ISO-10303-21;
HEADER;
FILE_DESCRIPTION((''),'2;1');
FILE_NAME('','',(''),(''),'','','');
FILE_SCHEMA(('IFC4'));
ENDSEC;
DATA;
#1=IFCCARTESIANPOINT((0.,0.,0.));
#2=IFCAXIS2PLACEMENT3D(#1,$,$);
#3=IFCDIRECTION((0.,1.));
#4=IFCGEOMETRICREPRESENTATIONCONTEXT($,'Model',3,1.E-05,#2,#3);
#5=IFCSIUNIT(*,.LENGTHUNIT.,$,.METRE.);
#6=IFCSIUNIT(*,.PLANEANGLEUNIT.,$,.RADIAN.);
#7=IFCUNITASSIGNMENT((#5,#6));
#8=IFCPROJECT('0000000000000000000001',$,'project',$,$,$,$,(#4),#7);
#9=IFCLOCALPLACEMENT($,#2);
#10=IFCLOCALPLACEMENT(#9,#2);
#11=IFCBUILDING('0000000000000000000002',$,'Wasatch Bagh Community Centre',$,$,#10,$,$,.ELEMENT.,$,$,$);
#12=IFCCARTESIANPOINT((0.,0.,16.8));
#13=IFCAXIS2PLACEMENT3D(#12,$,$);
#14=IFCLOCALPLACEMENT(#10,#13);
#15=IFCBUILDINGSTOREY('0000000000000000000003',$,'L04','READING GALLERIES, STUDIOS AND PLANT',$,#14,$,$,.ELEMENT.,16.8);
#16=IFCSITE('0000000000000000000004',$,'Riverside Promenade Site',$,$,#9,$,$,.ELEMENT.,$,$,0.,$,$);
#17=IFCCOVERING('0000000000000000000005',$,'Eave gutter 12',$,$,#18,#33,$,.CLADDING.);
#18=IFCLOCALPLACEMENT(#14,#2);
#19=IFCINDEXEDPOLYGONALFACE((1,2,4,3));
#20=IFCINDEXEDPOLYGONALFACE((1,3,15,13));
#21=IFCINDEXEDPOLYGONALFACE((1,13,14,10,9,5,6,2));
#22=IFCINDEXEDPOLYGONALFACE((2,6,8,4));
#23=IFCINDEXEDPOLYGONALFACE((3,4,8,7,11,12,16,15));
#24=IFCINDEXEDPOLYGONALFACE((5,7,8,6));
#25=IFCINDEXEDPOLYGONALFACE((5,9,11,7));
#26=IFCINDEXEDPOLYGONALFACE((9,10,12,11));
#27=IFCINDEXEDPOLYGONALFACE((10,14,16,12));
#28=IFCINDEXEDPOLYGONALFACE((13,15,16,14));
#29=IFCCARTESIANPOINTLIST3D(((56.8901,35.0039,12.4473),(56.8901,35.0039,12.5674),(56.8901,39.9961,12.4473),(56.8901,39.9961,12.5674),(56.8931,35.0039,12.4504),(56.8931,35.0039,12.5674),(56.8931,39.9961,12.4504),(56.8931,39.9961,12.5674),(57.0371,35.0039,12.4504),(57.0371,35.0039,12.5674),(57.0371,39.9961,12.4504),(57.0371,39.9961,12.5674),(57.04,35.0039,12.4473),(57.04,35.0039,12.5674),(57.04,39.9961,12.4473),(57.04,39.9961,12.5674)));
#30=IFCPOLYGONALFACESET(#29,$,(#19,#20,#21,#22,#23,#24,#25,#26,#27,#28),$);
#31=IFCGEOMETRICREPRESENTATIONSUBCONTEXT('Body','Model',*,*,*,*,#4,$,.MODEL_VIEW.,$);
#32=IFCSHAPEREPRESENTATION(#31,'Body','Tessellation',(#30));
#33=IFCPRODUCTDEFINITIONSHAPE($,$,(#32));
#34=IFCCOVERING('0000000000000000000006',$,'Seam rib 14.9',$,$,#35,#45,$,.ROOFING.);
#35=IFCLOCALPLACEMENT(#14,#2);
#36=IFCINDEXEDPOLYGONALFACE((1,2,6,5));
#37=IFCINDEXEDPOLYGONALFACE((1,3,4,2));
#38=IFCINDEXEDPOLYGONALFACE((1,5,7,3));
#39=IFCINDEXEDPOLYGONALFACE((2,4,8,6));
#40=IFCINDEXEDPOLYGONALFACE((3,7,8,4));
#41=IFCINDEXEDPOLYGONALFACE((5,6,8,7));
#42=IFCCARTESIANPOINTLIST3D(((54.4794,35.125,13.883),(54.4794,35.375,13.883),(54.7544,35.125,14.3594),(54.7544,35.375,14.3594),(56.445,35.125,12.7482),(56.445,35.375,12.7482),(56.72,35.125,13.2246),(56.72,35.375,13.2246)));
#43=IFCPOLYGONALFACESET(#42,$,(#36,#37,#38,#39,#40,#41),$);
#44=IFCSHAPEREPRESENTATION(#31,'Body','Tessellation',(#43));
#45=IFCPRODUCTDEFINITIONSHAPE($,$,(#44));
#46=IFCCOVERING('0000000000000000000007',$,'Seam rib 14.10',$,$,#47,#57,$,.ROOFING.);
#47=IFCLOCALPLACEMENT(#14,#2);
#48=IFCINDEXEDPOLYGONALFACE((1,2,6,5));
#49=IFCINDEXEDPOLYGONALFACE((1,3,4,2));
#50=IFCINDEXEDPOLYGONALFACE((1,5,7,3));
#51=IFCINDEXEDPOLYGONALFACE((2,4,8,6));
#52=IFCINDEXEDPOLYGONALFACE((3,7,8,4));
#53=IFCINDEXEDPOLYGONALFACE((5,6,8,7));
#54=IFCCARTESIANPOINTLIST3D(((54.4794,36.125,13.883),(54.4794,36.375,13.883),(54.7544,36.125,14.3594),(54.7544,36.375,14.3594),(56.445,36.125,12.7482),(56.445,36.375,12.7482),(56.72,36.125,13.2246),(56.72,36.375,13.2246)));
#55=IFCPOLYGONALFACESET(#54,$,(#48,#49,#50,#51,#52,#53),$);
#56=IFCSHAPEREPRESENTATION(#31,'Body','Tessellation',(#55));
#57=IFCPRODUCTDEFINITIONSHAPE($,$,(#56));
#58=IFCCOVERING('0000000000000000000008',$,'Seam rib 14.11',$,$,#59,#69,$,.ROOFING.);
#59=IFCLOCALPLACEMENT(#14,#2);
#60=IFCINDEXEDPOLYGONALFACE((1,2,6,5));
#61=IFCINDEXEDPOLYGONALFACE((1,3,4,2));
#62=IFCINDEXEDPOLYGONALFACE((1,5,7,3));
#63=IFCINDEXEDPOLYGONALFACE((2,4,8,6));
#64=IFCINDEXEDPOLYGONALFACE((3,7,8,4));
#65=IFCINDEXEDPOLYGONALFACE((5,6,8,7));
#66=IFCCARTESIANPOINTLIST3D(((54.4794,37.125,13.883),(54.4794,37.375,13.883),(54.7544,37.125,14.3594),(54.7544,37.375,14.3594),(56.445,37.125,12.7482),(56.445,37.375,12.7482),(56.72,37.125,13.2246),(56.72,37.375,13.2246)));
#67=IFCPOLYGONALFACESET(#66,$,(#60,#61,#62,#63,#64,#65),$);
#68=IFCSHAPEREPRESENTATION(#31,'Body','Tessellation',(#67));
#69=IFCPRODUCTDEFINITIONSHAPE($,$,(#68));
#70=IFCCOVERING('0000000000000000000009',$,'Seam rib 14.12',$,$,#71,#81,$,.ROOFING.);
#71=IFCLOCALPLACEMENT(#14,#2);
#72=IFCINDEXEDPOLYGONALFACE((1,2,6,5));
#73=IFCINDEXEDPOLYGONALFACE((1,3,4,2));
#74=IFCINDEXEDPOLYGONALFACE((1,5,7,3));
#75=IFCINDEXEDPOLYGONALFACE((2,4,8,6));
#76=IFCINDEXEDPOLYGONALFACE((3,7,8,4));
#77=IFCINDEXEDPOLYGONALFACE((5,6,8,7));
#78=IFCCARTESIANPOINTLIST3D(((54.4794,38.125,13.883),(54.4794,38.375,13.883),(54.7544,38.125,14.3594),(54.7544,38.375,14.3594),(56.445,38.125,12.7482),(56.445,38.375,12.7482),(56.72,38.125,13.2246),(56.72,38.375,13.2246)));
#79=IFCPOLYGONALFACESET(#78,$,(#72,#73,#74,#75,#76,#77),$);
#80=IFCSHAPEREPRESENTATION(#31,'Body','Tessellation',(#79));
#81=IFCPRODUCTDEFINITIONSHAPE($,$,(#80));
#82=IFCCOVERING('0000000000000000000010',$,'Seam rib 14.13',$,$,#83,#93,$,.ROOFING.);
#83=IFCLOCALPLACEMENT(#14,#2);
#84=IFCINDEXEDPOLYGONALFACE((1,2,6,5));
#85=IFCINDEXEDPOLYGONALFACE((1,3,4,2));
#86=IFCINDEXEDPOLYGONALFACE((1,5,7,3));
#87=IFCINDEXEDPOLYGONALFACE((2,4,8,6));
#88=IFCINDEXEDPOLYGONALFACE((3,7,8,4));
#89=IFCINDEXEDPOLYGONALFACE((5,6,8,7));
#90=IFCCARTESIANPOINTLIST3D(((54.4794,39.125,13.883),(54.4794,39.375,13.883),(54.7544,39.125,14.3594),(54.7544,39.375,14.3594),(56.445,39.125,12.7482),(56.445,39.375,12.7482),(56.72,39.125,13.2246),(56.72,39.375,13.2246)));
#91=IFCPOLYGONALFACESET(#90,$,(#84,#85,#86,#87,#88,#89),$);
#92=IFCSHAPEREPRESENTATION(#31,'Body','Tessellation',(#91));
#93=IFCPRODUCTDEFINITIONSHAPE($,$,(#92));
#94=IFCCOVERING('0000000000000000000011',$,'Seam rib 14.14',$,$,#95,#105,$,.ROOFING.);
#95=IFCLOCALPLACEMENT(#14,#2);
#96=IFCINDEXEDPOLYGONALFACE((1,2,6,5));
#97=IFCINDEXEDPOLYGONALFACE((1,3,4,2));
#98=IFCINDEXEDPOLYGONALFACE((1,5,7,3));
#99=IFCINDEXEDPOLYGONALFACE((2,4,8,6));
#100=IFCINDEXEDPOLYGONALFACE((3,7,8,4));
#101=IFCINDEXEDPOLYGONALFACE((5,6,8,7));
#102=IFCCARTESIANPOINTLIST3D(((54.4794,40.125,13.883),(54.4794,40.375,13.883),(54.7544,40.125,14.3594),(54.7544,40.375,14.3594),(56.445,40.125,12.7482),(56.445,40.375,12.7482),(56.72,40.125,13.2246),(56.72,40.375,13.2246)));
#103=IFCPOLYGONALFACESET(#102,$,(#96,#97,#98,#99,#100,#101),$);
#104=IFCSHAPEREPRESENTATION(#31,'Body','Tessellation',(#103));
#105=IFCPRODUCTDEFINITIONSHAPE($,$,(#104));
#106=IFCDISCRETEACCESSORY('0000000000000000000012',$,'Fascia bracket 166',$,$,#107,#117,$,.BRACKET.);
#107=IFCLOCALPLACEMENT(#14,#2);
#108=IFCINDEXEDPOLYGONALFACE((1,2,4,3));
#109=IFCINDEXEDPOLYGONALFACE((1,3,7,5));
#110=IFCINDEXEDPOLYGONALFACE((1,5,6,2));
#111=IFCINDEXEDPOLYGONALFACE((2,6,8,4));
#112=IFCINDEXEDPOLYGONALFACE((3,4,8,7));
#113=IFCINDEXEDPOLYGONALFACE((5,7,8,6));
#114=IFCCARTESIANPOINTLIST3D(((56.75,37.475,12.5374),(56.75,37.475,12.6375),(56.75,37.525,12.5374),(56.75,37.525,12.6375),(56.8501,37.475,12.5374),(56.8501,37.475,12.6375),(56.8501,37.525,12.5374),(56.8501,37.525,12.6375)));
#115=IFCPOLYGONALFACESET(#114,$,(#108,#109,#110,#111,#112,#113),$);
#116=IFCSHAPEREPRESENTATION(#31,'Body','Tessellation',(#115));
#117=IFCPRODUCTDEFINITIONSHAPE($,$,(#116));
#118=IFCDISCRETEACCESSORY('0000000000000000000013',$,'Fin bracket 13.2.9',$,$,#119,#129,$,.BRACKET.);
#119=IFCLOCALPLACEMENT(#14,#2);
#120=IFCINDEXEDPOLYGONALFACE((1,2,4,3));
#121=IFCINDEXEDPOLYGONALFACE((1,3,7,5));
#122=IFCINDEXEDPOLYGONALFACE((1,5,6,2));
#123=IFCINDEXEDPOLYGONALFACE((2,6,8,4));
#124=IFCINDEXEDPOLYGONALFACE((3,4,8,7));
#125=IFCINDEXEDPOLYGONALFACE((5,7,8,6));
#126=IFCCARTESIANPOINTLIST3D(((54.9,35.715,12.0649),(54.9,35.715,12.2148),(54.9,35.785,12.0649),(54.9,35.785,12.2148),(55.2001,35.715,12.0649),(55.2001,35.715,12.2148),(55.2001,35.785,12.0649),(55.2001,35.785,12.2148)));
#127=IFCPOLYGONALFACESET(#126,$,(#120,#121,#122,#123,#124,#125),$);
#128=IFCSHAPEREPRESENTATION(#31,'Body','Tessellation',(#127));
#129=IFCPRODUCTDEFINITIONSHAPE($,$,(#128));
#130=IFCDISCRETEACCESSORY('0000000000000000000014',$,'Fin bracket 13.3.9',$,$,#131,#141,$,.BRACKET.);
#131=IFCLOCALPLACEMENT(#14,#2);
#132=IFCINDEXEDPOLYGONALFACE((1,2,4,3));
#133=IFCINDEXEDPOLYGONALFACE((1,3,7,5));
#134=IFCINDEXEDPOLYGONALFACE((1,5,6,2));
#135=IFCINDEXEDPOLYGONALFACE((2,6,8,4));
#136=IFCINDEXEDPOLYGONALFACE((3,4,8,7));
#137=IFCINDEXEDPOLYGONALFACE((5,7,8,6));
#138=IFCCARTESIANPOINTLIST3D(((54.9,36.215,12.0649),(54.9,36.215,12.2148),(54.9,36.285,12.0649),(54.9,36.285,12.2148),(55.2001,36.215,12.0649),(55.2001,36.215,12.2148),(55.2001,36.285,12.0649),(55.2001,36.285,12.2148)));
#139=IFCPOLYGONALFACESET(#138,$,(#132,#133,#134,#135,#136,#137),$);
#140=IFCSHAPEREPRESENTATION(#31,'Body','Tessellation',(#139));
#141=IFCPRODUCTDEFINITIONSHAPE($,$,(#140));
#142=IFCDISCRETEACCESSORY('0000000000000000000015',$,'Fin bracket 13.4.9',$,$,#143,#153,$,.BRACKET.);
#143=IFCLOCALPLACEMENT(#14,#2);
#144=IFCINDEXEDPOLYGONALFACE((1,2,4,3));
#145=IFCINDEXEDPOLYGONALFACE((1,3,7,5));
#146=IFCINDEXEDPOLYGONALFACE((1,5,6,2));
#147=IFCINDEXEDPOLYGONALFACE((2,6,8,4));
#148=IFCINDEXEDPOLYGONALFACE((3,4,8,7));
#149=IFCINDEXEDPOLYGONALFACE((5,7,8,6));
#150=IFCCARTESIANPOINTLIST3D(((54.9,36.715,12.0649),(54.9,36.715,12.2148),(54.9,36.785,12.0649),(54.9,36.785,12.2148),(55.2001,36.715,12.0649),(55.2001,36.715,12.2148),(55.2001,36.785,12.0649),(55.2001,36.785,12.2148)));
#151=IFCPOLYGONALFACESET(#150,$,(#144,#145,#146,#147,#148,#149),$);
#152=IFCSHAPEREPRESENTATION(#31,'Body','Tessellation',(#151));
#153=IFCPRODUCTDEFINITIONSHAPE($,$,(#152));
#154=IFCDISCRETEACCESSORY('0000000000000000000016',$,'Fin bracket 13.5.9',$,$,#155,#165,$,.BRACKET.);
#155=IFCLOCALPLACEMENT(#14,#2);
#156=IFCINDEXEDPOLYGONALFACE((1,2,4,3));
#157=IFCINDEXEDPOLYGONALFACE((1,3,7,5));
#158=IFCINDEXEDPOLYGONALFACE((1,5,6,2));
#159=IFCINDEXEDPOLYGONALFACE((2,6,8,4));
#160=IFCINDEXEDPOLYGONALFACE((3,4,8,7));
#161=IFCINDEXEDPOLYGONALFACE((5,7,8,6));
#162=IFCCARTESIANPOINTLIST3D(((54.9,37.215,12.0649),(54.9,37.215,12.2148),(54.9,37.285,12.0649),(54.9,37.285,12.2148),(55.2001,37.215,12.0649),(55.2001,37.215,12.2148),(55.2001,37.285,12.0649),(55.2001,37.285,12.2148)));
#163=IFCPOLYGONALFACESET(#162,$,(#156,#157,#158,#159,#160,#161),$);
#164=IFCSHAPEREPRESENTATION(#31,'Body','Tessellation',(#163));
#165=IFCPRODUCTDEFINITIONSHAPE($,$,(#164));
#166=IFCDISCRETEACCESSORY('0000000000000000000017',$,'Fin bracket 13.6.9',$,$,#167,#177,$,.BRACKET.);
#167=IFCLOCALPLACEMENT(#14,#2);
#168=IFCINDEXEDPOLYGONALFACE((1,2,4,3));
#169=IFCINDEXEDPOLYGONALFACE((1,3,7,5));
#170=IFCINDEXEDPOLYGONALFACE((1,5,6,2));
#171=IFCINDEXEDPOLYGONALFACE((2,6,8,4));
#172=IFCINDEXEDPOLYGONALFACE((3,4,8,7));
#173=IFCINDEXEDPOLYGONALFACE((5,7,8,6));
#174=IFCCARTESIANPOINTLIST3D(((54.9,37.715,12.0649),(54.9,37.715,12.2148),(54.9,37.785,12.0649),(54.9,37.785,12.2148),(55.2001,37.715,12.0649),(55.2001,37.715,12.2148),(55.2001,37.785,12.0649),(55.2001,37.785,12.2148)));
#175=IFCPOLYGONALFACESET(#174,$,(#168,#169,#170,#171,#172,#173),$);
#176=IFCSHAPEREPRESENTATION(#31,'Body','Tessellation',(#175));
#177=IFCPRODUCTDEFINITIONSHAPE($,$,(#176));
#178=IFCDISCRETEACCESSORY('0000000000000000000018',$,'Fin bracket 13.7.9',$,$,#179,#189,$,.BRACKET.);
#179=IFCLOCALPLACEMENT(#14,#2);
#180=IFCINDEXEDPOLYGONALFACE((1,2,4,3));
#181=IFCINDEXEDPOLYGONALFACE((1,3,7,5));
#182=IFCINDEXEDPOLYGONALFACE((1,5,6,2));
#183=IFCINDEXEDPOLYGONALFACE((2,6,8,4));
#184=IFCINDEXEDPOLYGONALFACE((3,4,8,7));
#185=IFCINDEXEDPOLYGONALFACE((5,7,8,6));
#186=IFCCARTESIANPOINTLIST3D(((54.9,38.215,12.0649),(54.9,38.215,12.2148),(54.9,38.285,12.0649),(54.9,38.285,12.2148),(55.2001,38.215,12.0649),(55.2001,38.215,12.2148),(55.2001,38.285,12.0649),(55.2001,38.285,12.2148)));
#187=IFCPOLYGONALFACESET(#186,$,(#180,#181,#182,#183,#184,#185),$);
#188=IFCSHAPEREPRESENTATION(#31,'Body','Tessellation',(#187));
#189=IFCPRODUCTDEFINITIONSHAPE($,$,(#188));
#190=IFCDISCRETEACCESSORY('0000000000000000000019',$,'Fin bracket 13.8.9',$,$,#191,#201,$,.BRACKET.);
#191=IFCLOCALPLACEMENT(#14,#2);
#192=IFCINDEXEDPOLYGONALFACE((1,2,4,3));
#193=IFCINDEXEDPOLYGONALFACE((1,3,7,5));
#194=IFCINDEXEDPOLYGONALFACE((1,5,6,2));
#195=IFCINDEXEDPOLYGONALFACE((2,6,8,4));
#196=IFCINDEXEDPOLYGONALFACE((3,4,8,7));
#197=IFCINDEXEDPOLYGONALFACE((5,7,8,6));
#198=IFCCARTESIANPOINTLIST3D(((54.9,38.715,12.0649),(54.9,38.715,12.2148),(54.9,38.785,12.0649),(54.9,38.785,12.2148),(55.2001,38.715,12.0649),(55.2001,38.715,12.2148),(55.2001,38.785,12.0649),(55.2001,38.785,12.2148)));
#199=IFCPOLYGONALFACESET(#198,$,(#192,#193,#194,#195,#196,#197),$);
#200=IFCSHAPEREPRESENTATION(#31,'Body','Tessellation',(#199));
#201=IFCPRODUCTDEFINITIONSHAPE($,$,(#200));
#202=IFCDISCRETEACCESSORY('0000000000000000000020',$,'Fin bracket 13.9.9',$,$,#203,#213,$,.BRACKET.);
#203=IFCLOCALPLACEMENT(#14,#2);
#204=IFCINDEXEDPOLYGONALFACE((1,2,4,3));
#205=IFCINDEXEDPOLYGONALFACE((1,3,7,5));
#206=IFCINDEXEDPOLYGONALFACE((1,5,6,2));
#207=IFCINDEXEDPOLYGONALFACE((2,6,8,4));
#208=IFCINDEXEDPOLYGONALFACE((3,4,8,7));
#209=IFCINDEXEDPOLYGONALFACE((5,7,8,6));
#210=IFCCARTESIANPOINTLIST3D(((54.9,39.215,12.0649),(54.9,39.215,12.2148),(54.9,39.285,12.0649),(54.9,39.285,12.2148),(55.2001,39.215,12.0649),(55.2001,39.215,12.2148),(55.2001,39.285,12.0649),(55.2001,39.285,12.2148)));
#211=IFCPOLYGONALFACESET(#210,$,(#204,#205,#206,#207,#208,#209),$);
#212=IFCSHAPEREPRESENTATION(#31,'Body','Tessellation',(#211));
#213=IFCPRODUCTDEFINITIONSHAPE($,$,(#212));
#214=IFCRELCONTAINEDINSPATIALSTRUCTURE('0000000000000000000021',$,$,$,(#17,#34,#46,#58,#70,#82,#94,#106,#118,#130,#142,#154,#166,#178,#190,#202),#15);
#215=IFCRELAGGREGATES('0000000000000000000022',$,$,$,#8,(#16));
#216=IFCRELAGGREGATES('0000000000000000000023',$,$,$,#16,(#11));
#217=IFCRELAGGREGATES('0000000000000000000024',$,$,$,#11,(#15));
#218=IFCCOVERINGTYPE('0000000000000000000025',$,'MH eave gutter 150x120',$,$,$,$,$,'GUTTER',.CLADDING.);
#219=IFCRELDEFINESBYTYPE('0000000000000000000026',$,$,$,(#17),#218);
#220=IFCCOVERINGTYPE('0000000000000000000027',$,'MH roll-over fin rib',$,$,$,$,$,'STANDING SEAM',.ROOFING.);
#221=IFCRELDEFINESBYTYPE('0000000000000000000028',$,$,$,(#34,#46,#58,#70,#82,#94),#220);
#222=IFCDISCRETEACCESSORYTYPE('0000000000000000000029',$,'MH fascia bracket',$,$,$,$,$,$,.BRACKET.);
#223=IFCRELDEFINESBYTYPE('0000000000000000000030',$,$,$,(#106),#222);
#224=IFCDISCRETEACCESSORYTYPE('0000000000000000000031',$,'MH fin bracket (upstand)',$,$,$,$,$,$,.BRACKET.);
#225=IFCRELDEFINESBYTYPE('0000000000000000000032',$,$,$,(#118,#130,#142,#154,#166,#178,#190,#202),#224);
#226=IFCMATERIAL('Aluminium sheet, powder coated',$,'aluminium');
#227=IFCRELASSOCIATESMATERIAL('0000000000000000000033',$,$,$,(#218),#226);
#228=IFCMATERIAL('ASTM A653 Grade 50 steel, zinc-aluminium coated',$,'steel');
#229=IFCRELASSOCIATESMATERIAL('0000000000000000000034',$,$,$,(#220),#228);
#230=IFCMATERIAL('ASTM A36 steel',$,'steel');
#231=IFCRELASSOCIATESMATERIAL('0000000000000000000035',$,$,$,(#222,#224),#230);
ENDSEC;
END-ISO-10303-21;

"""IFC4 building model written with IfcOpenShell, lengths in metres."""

from ifc_helpers import new_model, si_unit, direction, frame, origin, origin_2d, place, context, subcontext, project, spatial, polyline, rectangle, outline, extrude, material, material_profile, profile_set, type_object, element, save


model = new_model("IFC4")

# Units and contexts
model_context = context("Model", 3, precision=1e-05, world=origin(), true_north=direction((0.0, 1.0)))
body_context = subcontext(model_context, "Body", "Model", "MODEL_VIEW")
ifc_project = project(units=[si_unit("LENGTHUNIT", "METRE"), si_unit("PLANEANGLEUNIT", "RADIAN")], contexts=[model_context])

# Site, building, storey
site_placement = place(None, origin())
site = spatial("IfcSite", under=ifc_project, at=site_placement, Name="Riverside Promenade Site", CompositionType="ELEMENT", RefElevation=0.0)
building_placement = place(site_placement, origin())
building = spatial("IfcBuilding", under=site, at=building_placement, Name="Wasatch Bagh Community Centre", CompositionType="ELEMENT")
storey_placement = place(building_placement, frame((0.0, 0.0, 16.8)))
storey = spatial("IfcBuildingStorey", under=building, at=storey_placement, Name="L04", Description="READING GALLERIES, STUDIOS AND PLANT", CompositionType="ELEMENT", Elevation=16.8)

# Coverings
ifc_material_1 = material(Name="ASTM A653 Grade 50 steel, zinc-aluminium coated", Category="steel")
ifc_material_2 = material(Name="Aluminium sheet, powder coated", Category="aluminium")
ifc_material_profile_1 = material_profile(ifc_material_2, outline(polyline([(-0.075, 0.0), (-0.075, -0.1201), (0.075, -0.1201), (0.075, 0.0), (0.072, 0.0), (0.072, -0.1169), (-0.072, -0.1169), (-0.072, 0.0), (-0.075, 0.0)])), Name="GUTTER 150x120")
ifc_profile_set_1 = profile_set([ifc_material_profile_1], Name="Aluminium sheet, powder coated")
covering_type_1 = type_object("IfcCoveringType", Name="MH eave gutter 150x120", ElementType="GUTTER", PredefinedType="CLADDING", material=ifc_profile_set_1)
covering_1_placement = place(storey_placement, frame((56.9651, 39.9961, 12.5674), z_axis=(0.0, -1.0, 0.0), x_axis=(1.0, 0.0, 0.0)))
element("IfcCovering", 1, at=covering_1_placement, inside=storey, type_object=covering_type_1, Name="Eave gutter 12", PredefinedType="CLADDING", context=body_context, shape_type="SweptSolid", body=[
    extrude(outline(polyline([(-0.075, 0.0), (-0.075, -0.1201), (0.075, -0.1201), (0.075, 0.0), (0.072, 0.0), (0.072, -0.1169), (-0.072, -0.1169), (-0.072, 0.0), (-0.075, 0.0)])), origin(), (0.0, 0.0, 1.0), 4.9922),
])
covering_type_2 = type_object("IfcCoveringType", Name="MH roll-over fin rib", ElementType="STANDING SEAM", PredefinedType="ROOFING", material=ifc_material_1)
for number, where, z_axis, x_axis, name in (
    (2, (54.7544, 35.125, 14.3594), (0.49998, 0.0, 0.866037), (0.866037, 0.0, -0.49998), "Seam rib 14.9"),
    (3, (54.7544, 36.125, 14.3594), (0.49998, 0.0, 0.866037), (0.866037, 0.0, -0.49998), "Seam rib 14.10"),
    (4, (54.7544, 37.125, 14.3594), (0.49998, 0.0, 0.866037), (0.866037, 0.0, -0.49998), "Seam rib 14.11"),
    (5, (54.7544, 38.125, 14.3594), (0.49998, 0.0, 0.866037), (0.866037, 0.0, -0.49998), "Seam rib 14.12"),
    (6, (54.7544, 39.125, 14.3594), (0.49998, 0.0, 0.866037), (0.866037, 0.0, -0.49998), "Seam rib 14.13"),
    (7, (54.7544, 40.125, 14.3594), (0.49998, 0.0, 0.866037), (0.866037, 0.0, -0.49998), "Seam rib 14.14"),
):
    element("IfcCovering", number, at=place(storey_placement, frame(where, z_axis=z_axis, x_axis=x_axis)), inside=storey, type_object=covering_type_2, Name=name, PredefinedType="ROOFING", context=body_context, shape_type="SweptSolid", body=[
        extrude(outline(polyline([(0.0, 0.0), (2.2696, 0.0), (2.2696, 0.25), (0.0, 0.25), (0.0, 0.0)])), origin(), (0.0, 0.0, -1.0), 0.55),
    ])

# Discrete accessories
ifc_material_3 = material(Name="ASTM A36 steel", Category="steel")
discrete_accessory_type_1 = type_object("IfcDiscreteAccessoryType", Name="MH fascia bracket", PredefinedType="BRACKET", material=ifc_material_3)
discrete_accessory_placement = place(storey_placement, frame((56.8, 37.5, 12.5374), z_axis=(0.0, 0.0, 1.0), x_axis=(1.0, 0.0, 0.0)))
element("IfcDiscreteAccessory", 8, at=discrete_accessory_placement, inside=storey, type_object=discrete_accessory_type_1, Name="Fascia bracket 166", PredefinedType="BRACKET", context=body_context, shape_type="SweptSolid", body=[
    extrude(rectangle(XDim=0.1001, YDim=0.05, at=origin_2d()), origin(), (0.0, 0.0, 1.0), 0.1001),
])
discrete_accessory_type_2 = type_object("IfcDiscreteAccessoryType", Name="MH fin bracket (upstand)", PredefinedType="BRACKET", material=ifc_material_3)
for number, where, z_axis, x_axis, name in (
    (9, (55.05, 35.75, 12.0649), (0.0, 0.0, 1.0), (0.0, 1.0, 0.0), "Fin bracket 13.2.9"),
    (10, (55.05, 36.25, 12.0649), (0.0, 0.0, 1.0), (0.0, 1.0, 0.0), "Fin bracket 13.3.9"),
    (11, (55.05, 36.75, 12.0649), (0.0, 0.0, 1.0), (0.0, 1.0, 0.0), "Fin bracket 13.4.9"),
    (12, (55.05, 37.25, 12.0649), (0.0, 0.0, 1.0), (0.0, 1.0, 0.0), "Fin bracket 13.5.9"),
    (13, (55.05, 37.75, 12.0649), (0.0, 0.0, 1.0), (0.0, 1.0, 0.0), "Fin bracket 13.6.9"),
    (14, (55.05, 38.25, 12.0649), (0.0, 0.0, 1.0), (0.0, 1.0, 0.0), "Fin bracket 13.7.9"),
    (15, (55.05, 38.75, 12.0649), (0.0, 0.0, 1.0), (0.0, 1.0, 0.0), "Fin bracket 13.8.9"),
    (16, (55.05, 39.25, 12.0649), (0.0, 0.0, 1.0), (0.0, 1.0, 0.0), "Fin bracket 13.9.9"),
):
    element("IfcDiscreteAccessory", number, at=place(storey_placement, frame(where, z_axis=z_axis, x_axis=x_axis)), inside=storey, type_object=discrete_accessory_type_2, Name=name, PredefinedType="BRACKET", context=body_context, shape_type="SweptSolid", body=[
        extrude(rectangle(XDim=0.0701, YDim=0.3, at=origin_2d()), origin(), (0.0, 0.0, 1.0), 0.1499),
    ])

save(model, "model.ifc")
